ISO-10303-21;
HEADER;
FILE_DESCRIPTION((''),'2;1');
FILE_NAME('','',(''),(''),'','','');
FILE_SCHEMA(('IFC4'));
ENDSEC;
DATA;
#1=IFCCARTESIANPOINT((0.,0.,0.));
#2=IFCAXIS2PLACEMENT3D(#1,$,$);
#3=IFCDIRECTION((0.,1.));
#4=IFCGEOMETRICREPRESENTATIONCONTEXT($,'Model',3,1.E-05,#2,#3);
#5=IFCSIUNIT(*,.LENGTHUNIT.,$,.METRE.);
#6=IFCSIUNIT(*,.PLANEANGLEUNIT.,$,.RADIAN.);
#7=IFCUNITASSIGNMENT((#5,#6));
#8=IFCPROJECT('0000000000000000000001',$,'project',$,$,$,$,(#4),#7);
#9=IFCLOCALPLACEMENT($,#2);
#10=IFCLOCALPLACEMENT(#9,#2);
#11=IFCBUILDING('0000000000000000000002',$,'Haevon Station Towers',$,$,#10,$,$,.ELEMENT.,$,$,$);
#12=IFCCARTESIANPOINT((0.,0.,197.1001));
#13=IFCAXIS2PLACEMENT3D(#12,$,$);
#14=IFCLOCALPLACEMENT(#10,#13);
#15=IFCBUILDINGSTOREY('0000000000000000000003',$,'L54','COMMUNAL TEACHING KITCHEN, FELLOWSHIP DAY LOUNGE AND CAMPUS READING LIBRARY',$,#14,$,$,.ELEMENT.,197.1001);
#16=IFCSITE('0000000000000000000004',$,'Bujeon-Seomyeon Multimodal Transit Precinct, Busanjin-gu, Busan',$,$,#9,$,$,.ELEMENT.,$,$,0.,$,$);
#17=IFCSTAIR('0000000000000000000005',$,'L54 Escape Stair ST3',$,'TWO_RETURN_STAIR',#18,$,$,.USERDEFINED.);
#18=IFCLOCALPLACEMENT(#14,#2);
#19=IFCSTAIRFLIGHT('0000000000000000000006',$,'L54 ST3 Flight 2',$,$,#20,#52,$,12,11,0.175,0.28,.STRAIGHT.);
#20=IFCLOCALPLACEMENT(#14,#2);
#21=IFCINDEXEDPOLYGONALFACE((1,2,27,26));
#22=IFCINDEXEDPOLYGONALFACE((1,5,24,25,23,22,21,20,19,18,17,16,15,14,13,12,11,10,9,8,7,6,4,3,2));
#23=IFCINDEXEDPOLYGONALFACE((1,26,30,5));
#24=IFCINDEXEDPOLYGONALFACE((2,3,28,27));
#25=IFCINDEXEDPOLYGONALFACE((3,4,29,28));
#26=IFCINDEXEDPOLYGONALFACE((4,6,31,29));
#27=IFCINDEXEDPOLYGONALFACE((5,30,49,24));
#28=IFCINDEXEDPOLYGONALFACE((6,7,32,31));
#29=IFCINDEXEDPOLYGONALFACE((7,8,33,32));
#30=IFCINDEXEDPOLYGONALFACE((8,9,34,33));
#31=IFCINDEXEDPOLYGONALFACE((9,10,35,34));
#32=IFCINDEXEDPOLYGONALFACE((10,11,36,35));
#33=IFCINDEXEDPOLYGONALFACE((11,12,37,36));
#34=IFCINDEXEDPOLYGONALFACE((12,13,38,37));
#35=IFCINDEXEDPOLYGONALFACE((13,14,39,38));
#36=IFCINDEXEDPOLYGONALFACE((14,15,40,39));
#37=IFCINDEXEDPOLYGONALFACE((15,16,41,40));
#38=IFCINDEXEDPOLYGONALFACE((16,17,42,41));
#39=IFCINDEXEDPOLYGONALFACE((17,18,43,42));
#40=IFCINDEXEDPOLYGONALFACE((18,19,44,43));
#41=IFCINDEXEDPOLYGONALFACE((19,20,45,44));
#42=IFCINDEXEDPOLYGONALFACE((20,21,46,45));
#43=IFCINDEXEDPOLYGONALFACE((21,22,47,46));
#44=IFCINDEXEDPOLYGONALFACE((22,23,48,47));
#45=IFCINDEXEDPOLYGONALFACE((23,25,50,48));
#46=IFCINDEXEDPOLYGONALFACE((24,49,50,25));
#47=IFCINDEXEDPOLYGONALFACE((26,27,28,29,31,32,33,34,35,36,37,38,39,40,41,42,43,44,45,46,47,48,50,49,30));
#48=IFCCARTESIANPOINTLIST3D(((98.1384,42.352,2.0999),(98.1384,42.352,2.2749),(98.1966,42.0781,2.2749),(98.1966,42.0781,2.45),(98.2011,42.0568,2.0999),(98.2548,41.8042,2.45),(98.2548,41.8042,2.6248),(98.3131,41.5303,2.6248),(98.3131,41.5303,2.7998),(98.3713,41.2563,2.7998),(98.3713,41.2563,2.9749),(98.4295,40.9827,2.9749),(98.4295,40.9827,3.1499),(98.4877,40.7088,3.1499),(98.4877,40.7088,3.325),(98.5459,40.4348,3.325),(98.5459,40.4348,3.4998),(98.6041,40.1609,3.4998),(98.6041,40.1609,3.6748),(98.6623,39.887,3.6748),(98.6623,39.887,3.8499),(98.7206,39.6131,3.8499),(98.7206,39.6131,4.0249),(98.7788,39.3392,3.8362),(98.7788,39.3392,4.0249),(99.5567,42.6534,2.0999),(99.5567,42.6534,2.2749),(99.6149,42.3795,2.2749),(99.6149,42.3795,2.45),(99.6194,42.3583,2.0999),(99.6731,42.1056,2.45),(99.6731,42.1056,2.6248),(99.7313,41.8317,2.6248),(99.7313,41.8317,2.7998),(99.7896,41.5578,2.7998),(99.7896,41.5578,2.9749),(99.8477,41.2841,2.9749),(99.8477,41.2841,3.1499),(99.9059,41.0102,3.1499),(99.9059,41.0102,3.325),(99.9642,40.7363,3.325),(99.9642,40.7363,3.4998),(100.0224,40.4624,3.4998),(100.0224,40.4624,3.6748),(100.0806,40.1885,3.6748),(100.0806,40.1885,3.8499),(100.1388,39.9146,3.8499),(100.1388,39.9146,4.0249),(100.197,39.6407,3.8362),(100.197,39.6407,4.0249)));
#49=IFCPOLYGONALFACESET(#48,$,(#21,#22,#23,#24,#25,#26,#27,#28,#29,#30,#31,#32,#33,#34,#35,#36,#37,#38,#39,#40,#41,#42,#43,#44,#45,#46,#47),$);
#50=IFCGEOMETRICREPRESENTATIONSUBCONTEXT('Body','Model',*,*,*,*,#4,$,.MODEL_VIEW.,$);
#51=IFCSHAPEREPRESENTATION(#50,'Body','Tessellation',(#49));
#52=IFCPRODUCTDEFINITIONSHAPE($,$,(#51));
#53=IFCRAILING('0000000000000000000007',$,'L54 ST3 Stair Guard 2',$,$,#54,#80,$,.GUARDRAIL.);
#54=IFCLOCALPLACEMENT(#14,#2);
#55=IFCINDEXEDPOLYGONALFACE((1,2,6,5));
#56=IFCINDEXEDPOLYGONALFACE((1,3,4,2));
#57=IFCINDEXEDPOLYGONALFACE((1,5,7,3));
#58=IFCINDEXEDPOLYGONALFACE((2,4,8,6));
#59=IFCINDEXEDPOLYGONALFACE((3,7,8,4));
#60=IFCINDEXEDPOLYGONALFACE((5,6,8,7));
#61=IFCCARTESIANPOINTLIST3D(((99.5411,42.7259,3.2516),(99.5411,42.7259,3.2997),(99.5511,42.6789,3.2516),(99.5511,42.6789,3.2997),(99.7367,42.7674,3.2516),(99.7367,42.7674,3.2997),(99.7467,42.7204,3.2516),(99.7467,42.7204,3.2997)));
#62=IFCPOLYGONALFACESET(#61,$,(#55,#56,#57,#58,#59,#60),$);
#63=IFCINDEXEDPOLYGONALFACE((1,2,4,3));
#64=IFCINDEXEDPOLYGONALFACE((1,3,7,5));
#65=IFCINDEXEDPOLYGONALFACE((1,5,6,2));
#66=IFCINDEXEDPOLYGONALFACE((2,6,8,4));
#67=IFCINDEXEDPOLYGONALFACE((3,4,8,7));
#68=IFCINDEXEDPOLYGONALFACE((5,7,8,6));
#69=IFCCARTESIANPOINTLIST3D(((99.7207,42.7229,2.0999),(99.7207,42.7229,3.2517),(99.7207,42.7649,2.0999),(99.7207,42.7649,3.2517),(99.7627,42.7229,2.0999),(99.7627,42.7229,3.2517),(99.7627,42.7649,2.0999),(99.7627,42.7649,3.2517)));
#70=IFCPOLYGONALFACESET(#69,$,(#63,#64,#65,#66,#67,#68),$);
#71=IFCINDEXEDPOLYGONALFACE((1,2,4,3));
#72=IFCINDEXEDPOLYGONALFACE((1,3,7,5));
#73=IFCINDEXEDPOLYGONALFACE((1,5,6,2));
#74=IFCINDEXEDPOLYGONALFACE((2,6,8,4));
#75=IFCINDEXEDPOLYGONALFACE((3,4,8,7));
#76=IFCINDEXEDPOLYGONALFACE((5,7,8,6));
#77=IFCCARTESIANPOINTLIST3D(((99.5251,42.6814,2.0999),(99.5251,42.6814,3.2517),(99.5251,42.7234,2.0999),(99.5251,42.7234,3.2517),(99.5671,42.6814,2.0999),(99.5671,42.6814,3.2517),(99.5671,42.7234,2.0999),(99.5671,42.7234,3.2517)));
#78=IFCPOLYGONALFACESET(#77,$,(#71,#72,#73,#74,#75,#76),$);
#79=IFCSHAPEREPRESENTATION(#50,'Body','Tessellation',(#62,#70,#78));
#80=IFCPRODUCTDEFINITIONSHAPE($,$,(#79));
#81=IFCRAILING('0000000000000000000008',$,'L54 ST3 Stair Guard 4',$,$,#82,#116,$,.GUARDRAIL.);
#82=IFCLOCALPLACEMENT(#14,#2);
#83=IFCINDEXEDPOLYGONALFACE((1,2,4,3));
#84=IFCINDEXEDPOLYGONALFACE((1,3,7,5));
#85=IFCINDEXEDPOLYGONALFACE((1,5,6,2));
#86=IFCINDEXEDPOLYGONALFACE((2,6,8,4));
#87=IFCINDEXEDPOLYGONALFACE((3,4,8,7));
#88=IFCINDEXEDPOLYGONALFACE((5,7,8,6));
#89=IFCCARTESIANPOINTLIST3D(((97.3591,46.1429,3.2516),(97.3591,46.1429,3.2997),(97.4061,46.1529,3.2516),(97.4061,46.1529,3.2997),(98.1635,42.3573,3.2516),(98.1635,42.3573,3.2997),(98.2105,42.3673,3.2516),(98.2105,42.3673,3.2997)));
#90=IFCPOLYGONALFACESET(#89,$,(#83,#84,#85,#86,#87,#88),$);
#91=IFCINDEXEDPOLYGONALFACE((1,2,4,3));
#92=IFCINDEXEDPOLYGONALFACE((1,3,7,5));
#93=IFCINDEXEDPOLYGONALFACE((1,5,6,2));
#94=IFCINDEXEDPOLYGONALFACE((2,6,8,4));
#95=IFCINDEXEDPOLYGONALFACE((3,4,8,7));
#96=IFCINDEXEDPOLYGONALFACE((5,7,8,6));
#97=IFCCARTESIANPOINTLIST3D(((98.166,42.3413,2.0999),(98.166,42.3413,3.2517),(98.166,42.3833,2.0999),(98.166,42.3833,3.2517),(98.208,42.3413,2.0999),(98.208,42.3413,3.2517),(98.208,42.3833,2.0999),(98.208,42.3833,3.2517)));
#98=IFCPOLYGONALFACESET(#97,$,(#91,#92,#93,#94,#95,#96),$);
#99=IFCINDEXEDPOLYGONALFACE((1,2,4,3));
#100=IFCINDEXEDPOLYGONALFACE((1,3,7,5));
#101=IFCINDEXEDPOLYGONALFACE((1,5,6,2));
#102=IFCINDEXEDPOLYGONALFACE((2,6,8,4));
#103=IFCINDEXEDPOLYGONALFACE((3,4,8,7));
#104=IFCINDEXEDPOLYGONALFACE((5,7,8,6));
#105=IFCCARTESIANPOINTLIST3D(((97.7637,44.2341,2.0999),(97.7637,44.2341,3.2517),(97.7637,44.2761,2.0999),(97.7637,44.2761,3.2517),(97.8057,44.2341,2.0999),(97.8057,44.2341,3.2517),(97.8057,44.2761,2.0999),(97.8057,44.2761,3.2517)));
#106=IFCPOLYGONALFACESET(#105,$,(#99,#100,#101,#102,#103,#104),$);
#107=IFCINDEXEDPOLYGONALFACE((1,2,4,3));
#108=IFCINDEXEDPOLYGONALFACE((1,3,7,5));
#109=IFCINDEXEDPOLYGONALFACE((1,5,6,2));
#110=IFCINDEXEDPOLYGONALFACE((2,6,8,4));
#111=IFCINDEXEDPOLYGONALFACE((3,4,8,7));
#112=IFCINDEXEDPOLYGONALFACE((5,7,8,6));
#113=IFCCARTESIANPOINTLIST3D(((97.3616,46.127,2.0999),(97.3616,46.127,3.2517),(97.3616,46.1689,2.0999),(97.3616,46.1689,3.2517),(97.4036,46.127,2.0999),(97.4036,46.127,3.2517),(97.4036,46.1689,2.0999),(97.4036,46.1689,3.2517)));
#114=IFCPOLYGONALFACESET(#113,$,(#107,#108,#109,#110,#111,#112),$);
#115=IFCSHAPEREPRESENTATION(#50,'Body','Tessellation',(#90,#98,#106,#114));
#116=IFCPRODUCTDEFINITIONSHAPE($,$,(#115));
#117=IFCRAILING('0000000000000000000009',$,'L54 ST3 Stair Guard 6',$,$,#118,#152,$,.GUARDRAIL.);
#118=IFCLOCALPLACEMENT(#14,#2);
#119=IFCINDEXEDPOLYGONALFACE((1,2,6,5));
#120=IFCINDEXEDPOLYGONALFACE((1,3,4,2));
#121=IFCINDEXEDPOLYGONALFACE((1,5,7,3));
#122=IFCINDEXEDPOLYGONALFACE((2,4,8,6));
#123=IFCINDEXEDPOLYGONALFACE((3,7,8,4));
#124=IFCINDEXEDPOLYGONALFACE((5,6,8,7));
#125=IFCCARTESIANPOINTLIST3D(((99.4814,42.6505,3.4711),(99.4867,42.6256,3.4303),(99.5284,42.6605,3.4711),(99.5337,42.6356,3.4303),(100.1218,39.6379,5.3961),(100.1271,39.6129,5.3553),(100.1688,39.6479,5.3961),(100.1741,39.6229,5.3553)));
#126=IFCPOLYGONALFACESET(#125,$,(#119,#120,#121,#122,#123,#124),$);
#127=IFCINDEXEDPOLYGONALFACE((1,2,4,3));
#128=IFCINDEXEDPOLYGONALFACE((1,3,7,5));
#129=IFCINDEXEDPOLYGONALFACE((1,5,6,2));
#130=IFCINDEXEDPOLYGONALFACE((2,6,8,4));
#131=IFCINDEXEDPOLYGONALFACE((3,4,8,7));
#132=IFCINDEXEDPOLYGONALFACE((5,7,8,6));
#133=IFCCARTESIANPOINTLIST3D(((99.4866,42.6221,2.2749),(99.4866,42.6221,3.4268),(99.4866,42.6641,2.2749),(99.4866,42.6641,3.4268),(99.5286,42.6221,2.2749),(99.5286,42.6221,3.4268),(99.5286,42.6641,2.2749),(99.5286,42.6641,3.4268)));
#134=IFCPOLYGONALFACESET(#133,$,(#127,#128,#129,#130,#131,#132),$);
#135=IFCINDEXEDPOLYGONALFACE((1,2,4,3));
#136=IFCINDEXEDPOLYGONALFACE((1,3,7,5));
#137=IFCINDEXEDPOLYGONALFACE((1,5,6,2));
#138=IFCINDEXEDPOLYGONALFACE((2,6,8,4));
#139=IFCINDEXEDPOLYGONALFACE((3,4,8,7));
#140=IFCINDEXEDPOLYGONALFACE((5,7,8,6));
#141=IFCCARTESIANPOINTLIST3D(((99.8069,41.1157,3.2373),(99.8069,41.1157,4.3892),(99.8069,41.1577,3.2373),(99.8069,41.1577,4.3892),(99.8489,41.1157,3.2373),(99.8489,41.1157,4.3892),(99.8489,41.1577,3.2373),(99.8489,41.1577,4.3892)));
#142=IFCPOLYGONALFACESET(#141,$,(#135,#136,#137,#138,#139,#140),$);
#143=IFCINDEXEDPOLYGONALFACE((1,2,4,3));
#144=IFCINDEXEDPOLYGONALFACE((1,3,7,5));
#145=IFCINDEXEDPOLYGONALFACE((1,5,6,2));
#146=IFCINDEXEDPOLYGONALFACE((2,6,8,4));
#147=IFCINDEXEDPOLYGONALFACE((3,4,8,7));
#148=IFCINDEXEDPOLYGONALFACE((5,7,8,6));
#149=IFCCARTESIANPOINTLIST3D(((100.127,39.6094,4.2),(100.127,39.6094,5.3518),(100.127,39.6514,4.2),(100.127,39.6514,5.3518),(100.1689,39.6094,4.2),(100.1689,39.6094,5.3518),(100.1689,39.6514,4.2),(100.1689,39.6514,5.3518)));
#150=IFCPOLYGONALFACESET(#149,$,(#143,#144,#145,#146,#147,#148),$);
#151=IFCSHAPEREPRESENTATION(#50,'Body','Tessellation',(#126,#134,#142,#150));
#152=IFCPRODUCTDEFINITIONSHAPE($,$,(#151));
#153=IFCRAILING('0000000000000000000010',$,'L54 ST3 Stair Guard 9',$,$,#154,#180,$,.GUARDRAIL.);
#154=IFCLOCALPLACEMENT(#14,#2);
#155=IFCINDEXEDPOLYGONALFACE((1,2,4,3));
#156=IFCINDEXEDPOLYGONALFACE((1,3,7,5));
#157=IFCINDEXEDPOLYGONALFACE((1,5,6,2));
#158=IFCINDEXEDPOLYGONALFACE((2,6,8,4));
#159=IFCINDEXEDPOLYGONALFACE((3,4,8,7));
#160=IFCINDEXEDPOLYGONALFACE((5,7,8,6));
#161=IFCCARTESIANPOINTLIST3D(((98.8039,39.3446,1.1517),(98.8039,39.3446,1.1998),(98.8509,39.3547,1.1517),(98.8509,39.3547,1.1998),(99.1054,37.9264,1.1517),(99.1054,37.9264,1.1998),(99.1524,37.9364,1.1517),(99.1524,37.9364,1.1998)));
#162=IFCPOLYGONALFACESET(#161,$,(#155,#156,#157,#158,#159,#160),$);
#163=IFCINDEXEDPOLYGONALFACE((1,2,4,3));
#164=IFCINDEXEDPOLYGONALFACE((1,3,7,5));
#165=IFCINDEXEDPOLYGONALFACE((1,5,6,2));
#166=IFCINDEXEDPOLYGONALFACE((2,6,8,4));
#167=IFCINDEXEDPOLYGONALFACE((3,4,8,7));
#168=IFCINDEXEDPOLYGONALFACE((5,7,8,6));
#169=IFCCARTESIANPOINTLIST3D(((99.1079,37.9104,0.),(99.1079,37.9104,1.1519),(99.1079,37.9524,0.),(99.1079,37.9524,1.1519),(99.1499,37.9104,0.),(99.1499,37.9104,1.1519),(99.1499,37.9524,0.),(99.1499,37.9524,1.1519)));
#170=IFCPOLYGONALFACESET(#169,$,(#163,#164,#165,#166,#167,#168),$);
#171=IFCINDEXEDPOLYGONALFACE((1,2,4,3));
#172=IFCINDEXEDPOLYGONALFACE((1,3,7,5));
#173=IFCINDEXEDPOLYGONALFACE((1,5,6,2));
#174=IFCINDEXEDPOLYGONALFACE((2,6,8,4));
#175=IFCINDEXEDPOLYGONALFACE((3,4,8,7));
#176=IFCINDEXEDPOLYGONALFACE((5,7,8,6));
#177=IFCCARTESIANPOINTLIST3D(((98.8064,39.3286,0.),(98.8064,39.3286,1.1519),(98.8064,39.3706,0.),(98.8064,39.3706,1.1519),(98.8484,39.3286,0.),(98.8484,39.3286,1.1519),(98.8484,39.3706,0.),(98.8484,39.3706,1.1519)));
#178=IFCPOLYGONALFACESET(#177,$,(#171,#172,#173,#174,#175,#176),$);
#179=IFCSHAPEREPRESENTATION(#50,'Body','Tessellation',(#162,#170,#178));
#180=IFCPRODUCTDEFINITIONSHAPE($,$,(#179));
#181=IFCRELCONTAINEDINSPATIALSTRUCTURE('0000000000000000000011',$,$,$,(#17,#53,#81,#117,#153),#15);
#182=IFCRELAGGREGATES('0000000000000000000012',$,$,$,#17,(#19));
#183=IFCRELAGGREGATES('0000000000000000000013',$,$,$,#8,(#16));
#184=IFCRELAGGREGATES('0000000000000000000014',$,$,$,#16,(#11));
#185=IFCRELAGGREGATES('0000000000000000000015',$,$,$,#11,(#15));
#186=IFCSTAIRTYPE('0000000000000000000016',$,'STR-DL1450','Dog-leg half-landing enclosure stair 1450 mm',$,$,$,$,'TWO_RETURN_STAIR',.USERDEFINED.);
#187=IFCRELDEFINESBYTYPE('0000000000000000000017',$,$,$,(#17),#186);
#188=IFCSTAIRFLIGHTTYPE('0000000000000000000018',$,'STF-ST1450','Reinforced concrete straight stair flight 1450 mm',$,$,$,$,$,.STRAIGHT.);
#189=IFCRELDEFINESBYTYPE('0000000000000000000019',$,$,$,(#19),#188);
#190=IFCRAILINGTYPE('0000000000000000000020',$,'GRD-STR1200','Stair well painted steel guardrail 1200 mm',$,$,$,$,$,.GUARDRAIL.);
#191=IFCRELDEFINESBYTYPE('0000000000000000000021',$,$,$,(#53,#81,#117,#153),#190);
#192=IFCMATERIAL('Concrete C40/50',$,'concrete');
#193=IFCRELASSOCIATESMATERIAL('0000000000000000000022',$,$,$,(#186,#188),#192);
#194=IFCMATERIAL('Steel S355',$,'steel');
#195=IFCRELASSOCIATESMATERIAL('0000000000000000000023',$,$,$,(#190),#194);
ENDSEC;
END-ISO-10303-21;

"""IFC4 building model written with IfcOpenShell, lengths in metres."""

from ifc_helpers import new_model, si_unit, direction, frame, origin, origin_2d, place, context, subcontext, project, spatial, polyline, rectangle, outline, extrude, material, type_object, element, aggregate, save


model = new_model("IFC4")

# Units and contexts
model_context = context("Model", 3, precision=1e-05, world=origin(), true_north=direction((0.0, 1.0)))
body_context = subcontext(model_context, "Body", "Model", "MODEL_VIEW")
ifc_project = project(units=[si_unit("LENGTHUNIT", "METRE"), si_unit("PLANEANGLEUNIT", "RADIAN")], contexts=[model_context])

# Site, building, storey
site_placement = place(None, origin())
site = spatial("IfcSite", under=ifc_project, at=site_placement, Name="Bujeon-Seomyeon Multimodal Transit Precinct, Busanjin-gu, Busan", CompositionType="ELEMENT", RefElevation=0.0)
building_placement = place(site_placement, origin())
building = spatial("IfcBuilding", under=site, at=building_placement, Name="Haevon Station Towers", CompositionType="ELEMENT")
storey_placement = place(building_placement, frame((0.0, 0.0, 197.1001)))
storey = spatial("IfcBuildingStorey", under=building, at=storey_placement, Name="L54", Description="COMMUNAL TEACHING KITCHEN, FELLOWSHIP DAY LOUNGE AND CAMPUS READING LIBRARY", CompositionType="ELEMENT", Elevation=197.1001)

# Shared definitions
ifc_material_1 = material(Name="Steel S355", Category="steel")

# Stair, stair flight
ifc_material_2 = material(Name="Concrete C40/50", Category="concrete")
stair_type = type_object("IfcStairType", Name="STR-DL1450", Description="Dog-leg half-landing enclosure stair 1450 mm", ElementType="TWO_RETURN_STAIR", PredefinedType="USERDEFINED", material=ifc_material_2)
stair_placement = place(storey_placement, origin())
stair = element("IfcStair", 1, at=stair_placement, inside=storey, type_object=stair_type, Name="L54 Escape Stair ST3", ObjectType="TWO_RETURN_STAIR", PredefinedType="USERDEFINED")
stair_flight_type = type_object("IfcStairFlightType", Name="STF-ST1450", Description="Reinforced concrete straight stair flight 1450 mm", PredefinedType="STRAIGHT", material=ifc_material_2)
stair_flight_placement = place(storey_placement, frame((98.8474, 42.5027, 2.0999), z_axis=(0.0, 0.0, 1.0), x_axis=(0.207912, -0.978148, 0.0)))
stair_flight = element("IfcStairFlight", 2, at=stair_flight_placement, type_object=stair_flight_type, Name="L54 ST3 Flight 2", NumberOfRisers=12, NumberOfTreads=11, PredefinedType="STRAIGHT", RiserHeight=0.175, TreadLength=0.28, context=body_context, shape_type="SweptSolid", body=[
    extrude(outline(polyline([(0.0, 0.0), (0.0, 0.175), (0.28, 0.175), (0.28, 0.3501), (0.5601, 0.3501), (0.5601, 0.5249), (0.8401, 0.5249), (0.8401, 0.7), (1.1201, 0.7), (1.1201, 0.875), (1.3999, 0.875), (1.3999, 1.05), (1.6799, 1.05), (1.6799, 1.2251), (1.96, 1.2251), (1.96, 1.3999), (2.24, 1.3999), (2.24, 1.575), (2.52, 1.575), (2.52, 1.75), (2.8, 1.75), (2.8, 1.925), (3.0801, 1.925), (3.0801, 2.1001), (3.0801, 1.7363), (0.3018, 0.0), (0.0, 0.0)])), frame((0.0, 0.7251, 0.0), z_axis=(0.0, -1.0, 0.0), x_axis=(1.0, 0.0, 0.0)), (0.0, 0.0, 1.0), 1.45),
])
aggregate(stair, [stair_flight])

# Railings
railing_type_1 = type_object("IfcRailingType", Name="GRD-STR1200", Description="Stair well painted steel guardrail 1200 mm", PredefinedType="GUARDRAIL", material=ifc_material_1)
railing_1_placement = place(storey_placement, frame((99.7417, 42.7439, 2.0999)))
element("IfcRailing", 3, at=railing_1_placement, inside=storey, type_object=railing_type_1, Name="L54 ST3 Stair Guard 2", PredefinedType="GUARDRAIL", context=body_context, shape_type="SweptSolid", body=[
    extrude(rectangle(XDim=0.0481, YDim=0.0481, at=origin_2d()), frame((0.0, 0.0, 1.1758), z_axis=(-0.978212, -0.20761, 0.0), x_axis=(0.20761, -0.978212, 0.0)), (0.0, 0.0, 1.0), 0.2),
    extrude(rectangle(XDim=0.042, YDim=0.042, at=origin_2d()), origin(), (0.0, 0.0, 1.0), 1.1519),
    extrude(rectangle(XDim=0.042, YDim=0.042, at=origin_2d()), frame((-0.1956, -0.0415, 0.0)), (0.0, 0.0, 1.0), 1.1519),
])
railing_2_placement = place(storey_placement, frame((98.187, 42.3623, 2.0999)))
element("IfcRailing", 4, at=railing_2_placement, inside=storey, type_object=railing_type_1, Name="L54 ST3 Stair Guard 4", PredefinedType="GUARDRAIL", context=body_context, shape_type="SweptSolid", body=[
    extrude(rectangle(XDim=0.0481, YDim=0.0481, at=origin_2d()), frame((0.0, 0.0, 1.1758), z_axis=(-0.207857, 0.978159, 0.0), x_axis=(-0.978159, -0.207857, 0.0)), (0.0, 0.0, 1.0), 3.8701),
    extrude(rectangle(XDim=0.042, YDim=0.042, at=origin_2d()), origin(), (0.0, 0.0, 1.0), 1.1519),
    extrude(rectangle(XDim=0.042, YDim=0.042, at=origin_2d()), frame((-0.4023, 1.8928, 0.0)), (0.0, 0.0, 1.0), 1.1519),
    extrude(rectangle(XDim=0.042, YDim=0.042, at=origin_2d()), frame((-0.8044, 3.7856, 0.0)), (0.0, 0.0, 1.0), 1.1519),
])
railing_3_placement = place(storey_placement, frame((99.5076, 42.6431, 2.2749)))
element("IfcRailing", 5, at=railing_3_placement, inside=storey, type_object=railing_type_1, Name="L54 ST3 Stair Guard 6", PredefinedType="GUARDRAIL", context=body_context, shape_type="SweptSolid", body=[
    extrude(rectangle(XDim=0.0481, YDim=0.0481, at=origin_2d()), frame((0.0, 0.0, 1.1758), z_axis=(0.176311, -0.829461, 0.530008), x_axis=(0.978147, 0.207916, 0.0)), (0.0, 0.0, 1.0), 3.6321),
    extrude(rectangle(XDim=0.042, YDim=0.042, at=origin_2d()), origin(), (0.0, 0.0, 1.0), 1.1519),
    extrude(rectangle(XDim=0.042, YDim=0.042, at=origin_2d()), frame((0.3203, -1.5063, 0.9624)), (0.0, 0.0, 1.0), 1.1519),
    extrude(rectangle(XDim=0.042, YDim=0.042, at=origin_2d()), frame((0.6404, -3.0127, 1.925)), (0.0, 0.0, 1.0), 1.1519),
])
railing_4_placement = place(storey_placement, frame((99.1289, 37.9314, 0.0)))
element("IfcRailing", 6, at=railing_4_placement, inside=storey, type_object=railing_type_1, Name="L54 ST3 Stair Guard 9", PredefinedType="GUARDRAIL", context=body_context, shape_type="SweptSolid", body=[
    extrude(rectangle(XDim=0.0481, YDim=0.0481, at=origin_2d()), frame((0.0, 0.0, 1.1758), z_axis=(-0.207953, 0.978139, 0.0), x_axis=(-0.978139, -0.207953, 0.0)), (0.0, 0.0, 1.0), 1.45),
    extrude(rectangle(XDim=0.042, YDim=0.042, at=origin_2d()), origin(), (0.0, 0.0, 1.0), 1.1519),
    extrude(rectangle(XDim=0.042, YDim=0.042, at=origin_2d()), frame((-0.3015, 1.4182, 0.0)), (0.0, 0.0, 1.0), 1.1519),
])

save(model, "model.ifc")
